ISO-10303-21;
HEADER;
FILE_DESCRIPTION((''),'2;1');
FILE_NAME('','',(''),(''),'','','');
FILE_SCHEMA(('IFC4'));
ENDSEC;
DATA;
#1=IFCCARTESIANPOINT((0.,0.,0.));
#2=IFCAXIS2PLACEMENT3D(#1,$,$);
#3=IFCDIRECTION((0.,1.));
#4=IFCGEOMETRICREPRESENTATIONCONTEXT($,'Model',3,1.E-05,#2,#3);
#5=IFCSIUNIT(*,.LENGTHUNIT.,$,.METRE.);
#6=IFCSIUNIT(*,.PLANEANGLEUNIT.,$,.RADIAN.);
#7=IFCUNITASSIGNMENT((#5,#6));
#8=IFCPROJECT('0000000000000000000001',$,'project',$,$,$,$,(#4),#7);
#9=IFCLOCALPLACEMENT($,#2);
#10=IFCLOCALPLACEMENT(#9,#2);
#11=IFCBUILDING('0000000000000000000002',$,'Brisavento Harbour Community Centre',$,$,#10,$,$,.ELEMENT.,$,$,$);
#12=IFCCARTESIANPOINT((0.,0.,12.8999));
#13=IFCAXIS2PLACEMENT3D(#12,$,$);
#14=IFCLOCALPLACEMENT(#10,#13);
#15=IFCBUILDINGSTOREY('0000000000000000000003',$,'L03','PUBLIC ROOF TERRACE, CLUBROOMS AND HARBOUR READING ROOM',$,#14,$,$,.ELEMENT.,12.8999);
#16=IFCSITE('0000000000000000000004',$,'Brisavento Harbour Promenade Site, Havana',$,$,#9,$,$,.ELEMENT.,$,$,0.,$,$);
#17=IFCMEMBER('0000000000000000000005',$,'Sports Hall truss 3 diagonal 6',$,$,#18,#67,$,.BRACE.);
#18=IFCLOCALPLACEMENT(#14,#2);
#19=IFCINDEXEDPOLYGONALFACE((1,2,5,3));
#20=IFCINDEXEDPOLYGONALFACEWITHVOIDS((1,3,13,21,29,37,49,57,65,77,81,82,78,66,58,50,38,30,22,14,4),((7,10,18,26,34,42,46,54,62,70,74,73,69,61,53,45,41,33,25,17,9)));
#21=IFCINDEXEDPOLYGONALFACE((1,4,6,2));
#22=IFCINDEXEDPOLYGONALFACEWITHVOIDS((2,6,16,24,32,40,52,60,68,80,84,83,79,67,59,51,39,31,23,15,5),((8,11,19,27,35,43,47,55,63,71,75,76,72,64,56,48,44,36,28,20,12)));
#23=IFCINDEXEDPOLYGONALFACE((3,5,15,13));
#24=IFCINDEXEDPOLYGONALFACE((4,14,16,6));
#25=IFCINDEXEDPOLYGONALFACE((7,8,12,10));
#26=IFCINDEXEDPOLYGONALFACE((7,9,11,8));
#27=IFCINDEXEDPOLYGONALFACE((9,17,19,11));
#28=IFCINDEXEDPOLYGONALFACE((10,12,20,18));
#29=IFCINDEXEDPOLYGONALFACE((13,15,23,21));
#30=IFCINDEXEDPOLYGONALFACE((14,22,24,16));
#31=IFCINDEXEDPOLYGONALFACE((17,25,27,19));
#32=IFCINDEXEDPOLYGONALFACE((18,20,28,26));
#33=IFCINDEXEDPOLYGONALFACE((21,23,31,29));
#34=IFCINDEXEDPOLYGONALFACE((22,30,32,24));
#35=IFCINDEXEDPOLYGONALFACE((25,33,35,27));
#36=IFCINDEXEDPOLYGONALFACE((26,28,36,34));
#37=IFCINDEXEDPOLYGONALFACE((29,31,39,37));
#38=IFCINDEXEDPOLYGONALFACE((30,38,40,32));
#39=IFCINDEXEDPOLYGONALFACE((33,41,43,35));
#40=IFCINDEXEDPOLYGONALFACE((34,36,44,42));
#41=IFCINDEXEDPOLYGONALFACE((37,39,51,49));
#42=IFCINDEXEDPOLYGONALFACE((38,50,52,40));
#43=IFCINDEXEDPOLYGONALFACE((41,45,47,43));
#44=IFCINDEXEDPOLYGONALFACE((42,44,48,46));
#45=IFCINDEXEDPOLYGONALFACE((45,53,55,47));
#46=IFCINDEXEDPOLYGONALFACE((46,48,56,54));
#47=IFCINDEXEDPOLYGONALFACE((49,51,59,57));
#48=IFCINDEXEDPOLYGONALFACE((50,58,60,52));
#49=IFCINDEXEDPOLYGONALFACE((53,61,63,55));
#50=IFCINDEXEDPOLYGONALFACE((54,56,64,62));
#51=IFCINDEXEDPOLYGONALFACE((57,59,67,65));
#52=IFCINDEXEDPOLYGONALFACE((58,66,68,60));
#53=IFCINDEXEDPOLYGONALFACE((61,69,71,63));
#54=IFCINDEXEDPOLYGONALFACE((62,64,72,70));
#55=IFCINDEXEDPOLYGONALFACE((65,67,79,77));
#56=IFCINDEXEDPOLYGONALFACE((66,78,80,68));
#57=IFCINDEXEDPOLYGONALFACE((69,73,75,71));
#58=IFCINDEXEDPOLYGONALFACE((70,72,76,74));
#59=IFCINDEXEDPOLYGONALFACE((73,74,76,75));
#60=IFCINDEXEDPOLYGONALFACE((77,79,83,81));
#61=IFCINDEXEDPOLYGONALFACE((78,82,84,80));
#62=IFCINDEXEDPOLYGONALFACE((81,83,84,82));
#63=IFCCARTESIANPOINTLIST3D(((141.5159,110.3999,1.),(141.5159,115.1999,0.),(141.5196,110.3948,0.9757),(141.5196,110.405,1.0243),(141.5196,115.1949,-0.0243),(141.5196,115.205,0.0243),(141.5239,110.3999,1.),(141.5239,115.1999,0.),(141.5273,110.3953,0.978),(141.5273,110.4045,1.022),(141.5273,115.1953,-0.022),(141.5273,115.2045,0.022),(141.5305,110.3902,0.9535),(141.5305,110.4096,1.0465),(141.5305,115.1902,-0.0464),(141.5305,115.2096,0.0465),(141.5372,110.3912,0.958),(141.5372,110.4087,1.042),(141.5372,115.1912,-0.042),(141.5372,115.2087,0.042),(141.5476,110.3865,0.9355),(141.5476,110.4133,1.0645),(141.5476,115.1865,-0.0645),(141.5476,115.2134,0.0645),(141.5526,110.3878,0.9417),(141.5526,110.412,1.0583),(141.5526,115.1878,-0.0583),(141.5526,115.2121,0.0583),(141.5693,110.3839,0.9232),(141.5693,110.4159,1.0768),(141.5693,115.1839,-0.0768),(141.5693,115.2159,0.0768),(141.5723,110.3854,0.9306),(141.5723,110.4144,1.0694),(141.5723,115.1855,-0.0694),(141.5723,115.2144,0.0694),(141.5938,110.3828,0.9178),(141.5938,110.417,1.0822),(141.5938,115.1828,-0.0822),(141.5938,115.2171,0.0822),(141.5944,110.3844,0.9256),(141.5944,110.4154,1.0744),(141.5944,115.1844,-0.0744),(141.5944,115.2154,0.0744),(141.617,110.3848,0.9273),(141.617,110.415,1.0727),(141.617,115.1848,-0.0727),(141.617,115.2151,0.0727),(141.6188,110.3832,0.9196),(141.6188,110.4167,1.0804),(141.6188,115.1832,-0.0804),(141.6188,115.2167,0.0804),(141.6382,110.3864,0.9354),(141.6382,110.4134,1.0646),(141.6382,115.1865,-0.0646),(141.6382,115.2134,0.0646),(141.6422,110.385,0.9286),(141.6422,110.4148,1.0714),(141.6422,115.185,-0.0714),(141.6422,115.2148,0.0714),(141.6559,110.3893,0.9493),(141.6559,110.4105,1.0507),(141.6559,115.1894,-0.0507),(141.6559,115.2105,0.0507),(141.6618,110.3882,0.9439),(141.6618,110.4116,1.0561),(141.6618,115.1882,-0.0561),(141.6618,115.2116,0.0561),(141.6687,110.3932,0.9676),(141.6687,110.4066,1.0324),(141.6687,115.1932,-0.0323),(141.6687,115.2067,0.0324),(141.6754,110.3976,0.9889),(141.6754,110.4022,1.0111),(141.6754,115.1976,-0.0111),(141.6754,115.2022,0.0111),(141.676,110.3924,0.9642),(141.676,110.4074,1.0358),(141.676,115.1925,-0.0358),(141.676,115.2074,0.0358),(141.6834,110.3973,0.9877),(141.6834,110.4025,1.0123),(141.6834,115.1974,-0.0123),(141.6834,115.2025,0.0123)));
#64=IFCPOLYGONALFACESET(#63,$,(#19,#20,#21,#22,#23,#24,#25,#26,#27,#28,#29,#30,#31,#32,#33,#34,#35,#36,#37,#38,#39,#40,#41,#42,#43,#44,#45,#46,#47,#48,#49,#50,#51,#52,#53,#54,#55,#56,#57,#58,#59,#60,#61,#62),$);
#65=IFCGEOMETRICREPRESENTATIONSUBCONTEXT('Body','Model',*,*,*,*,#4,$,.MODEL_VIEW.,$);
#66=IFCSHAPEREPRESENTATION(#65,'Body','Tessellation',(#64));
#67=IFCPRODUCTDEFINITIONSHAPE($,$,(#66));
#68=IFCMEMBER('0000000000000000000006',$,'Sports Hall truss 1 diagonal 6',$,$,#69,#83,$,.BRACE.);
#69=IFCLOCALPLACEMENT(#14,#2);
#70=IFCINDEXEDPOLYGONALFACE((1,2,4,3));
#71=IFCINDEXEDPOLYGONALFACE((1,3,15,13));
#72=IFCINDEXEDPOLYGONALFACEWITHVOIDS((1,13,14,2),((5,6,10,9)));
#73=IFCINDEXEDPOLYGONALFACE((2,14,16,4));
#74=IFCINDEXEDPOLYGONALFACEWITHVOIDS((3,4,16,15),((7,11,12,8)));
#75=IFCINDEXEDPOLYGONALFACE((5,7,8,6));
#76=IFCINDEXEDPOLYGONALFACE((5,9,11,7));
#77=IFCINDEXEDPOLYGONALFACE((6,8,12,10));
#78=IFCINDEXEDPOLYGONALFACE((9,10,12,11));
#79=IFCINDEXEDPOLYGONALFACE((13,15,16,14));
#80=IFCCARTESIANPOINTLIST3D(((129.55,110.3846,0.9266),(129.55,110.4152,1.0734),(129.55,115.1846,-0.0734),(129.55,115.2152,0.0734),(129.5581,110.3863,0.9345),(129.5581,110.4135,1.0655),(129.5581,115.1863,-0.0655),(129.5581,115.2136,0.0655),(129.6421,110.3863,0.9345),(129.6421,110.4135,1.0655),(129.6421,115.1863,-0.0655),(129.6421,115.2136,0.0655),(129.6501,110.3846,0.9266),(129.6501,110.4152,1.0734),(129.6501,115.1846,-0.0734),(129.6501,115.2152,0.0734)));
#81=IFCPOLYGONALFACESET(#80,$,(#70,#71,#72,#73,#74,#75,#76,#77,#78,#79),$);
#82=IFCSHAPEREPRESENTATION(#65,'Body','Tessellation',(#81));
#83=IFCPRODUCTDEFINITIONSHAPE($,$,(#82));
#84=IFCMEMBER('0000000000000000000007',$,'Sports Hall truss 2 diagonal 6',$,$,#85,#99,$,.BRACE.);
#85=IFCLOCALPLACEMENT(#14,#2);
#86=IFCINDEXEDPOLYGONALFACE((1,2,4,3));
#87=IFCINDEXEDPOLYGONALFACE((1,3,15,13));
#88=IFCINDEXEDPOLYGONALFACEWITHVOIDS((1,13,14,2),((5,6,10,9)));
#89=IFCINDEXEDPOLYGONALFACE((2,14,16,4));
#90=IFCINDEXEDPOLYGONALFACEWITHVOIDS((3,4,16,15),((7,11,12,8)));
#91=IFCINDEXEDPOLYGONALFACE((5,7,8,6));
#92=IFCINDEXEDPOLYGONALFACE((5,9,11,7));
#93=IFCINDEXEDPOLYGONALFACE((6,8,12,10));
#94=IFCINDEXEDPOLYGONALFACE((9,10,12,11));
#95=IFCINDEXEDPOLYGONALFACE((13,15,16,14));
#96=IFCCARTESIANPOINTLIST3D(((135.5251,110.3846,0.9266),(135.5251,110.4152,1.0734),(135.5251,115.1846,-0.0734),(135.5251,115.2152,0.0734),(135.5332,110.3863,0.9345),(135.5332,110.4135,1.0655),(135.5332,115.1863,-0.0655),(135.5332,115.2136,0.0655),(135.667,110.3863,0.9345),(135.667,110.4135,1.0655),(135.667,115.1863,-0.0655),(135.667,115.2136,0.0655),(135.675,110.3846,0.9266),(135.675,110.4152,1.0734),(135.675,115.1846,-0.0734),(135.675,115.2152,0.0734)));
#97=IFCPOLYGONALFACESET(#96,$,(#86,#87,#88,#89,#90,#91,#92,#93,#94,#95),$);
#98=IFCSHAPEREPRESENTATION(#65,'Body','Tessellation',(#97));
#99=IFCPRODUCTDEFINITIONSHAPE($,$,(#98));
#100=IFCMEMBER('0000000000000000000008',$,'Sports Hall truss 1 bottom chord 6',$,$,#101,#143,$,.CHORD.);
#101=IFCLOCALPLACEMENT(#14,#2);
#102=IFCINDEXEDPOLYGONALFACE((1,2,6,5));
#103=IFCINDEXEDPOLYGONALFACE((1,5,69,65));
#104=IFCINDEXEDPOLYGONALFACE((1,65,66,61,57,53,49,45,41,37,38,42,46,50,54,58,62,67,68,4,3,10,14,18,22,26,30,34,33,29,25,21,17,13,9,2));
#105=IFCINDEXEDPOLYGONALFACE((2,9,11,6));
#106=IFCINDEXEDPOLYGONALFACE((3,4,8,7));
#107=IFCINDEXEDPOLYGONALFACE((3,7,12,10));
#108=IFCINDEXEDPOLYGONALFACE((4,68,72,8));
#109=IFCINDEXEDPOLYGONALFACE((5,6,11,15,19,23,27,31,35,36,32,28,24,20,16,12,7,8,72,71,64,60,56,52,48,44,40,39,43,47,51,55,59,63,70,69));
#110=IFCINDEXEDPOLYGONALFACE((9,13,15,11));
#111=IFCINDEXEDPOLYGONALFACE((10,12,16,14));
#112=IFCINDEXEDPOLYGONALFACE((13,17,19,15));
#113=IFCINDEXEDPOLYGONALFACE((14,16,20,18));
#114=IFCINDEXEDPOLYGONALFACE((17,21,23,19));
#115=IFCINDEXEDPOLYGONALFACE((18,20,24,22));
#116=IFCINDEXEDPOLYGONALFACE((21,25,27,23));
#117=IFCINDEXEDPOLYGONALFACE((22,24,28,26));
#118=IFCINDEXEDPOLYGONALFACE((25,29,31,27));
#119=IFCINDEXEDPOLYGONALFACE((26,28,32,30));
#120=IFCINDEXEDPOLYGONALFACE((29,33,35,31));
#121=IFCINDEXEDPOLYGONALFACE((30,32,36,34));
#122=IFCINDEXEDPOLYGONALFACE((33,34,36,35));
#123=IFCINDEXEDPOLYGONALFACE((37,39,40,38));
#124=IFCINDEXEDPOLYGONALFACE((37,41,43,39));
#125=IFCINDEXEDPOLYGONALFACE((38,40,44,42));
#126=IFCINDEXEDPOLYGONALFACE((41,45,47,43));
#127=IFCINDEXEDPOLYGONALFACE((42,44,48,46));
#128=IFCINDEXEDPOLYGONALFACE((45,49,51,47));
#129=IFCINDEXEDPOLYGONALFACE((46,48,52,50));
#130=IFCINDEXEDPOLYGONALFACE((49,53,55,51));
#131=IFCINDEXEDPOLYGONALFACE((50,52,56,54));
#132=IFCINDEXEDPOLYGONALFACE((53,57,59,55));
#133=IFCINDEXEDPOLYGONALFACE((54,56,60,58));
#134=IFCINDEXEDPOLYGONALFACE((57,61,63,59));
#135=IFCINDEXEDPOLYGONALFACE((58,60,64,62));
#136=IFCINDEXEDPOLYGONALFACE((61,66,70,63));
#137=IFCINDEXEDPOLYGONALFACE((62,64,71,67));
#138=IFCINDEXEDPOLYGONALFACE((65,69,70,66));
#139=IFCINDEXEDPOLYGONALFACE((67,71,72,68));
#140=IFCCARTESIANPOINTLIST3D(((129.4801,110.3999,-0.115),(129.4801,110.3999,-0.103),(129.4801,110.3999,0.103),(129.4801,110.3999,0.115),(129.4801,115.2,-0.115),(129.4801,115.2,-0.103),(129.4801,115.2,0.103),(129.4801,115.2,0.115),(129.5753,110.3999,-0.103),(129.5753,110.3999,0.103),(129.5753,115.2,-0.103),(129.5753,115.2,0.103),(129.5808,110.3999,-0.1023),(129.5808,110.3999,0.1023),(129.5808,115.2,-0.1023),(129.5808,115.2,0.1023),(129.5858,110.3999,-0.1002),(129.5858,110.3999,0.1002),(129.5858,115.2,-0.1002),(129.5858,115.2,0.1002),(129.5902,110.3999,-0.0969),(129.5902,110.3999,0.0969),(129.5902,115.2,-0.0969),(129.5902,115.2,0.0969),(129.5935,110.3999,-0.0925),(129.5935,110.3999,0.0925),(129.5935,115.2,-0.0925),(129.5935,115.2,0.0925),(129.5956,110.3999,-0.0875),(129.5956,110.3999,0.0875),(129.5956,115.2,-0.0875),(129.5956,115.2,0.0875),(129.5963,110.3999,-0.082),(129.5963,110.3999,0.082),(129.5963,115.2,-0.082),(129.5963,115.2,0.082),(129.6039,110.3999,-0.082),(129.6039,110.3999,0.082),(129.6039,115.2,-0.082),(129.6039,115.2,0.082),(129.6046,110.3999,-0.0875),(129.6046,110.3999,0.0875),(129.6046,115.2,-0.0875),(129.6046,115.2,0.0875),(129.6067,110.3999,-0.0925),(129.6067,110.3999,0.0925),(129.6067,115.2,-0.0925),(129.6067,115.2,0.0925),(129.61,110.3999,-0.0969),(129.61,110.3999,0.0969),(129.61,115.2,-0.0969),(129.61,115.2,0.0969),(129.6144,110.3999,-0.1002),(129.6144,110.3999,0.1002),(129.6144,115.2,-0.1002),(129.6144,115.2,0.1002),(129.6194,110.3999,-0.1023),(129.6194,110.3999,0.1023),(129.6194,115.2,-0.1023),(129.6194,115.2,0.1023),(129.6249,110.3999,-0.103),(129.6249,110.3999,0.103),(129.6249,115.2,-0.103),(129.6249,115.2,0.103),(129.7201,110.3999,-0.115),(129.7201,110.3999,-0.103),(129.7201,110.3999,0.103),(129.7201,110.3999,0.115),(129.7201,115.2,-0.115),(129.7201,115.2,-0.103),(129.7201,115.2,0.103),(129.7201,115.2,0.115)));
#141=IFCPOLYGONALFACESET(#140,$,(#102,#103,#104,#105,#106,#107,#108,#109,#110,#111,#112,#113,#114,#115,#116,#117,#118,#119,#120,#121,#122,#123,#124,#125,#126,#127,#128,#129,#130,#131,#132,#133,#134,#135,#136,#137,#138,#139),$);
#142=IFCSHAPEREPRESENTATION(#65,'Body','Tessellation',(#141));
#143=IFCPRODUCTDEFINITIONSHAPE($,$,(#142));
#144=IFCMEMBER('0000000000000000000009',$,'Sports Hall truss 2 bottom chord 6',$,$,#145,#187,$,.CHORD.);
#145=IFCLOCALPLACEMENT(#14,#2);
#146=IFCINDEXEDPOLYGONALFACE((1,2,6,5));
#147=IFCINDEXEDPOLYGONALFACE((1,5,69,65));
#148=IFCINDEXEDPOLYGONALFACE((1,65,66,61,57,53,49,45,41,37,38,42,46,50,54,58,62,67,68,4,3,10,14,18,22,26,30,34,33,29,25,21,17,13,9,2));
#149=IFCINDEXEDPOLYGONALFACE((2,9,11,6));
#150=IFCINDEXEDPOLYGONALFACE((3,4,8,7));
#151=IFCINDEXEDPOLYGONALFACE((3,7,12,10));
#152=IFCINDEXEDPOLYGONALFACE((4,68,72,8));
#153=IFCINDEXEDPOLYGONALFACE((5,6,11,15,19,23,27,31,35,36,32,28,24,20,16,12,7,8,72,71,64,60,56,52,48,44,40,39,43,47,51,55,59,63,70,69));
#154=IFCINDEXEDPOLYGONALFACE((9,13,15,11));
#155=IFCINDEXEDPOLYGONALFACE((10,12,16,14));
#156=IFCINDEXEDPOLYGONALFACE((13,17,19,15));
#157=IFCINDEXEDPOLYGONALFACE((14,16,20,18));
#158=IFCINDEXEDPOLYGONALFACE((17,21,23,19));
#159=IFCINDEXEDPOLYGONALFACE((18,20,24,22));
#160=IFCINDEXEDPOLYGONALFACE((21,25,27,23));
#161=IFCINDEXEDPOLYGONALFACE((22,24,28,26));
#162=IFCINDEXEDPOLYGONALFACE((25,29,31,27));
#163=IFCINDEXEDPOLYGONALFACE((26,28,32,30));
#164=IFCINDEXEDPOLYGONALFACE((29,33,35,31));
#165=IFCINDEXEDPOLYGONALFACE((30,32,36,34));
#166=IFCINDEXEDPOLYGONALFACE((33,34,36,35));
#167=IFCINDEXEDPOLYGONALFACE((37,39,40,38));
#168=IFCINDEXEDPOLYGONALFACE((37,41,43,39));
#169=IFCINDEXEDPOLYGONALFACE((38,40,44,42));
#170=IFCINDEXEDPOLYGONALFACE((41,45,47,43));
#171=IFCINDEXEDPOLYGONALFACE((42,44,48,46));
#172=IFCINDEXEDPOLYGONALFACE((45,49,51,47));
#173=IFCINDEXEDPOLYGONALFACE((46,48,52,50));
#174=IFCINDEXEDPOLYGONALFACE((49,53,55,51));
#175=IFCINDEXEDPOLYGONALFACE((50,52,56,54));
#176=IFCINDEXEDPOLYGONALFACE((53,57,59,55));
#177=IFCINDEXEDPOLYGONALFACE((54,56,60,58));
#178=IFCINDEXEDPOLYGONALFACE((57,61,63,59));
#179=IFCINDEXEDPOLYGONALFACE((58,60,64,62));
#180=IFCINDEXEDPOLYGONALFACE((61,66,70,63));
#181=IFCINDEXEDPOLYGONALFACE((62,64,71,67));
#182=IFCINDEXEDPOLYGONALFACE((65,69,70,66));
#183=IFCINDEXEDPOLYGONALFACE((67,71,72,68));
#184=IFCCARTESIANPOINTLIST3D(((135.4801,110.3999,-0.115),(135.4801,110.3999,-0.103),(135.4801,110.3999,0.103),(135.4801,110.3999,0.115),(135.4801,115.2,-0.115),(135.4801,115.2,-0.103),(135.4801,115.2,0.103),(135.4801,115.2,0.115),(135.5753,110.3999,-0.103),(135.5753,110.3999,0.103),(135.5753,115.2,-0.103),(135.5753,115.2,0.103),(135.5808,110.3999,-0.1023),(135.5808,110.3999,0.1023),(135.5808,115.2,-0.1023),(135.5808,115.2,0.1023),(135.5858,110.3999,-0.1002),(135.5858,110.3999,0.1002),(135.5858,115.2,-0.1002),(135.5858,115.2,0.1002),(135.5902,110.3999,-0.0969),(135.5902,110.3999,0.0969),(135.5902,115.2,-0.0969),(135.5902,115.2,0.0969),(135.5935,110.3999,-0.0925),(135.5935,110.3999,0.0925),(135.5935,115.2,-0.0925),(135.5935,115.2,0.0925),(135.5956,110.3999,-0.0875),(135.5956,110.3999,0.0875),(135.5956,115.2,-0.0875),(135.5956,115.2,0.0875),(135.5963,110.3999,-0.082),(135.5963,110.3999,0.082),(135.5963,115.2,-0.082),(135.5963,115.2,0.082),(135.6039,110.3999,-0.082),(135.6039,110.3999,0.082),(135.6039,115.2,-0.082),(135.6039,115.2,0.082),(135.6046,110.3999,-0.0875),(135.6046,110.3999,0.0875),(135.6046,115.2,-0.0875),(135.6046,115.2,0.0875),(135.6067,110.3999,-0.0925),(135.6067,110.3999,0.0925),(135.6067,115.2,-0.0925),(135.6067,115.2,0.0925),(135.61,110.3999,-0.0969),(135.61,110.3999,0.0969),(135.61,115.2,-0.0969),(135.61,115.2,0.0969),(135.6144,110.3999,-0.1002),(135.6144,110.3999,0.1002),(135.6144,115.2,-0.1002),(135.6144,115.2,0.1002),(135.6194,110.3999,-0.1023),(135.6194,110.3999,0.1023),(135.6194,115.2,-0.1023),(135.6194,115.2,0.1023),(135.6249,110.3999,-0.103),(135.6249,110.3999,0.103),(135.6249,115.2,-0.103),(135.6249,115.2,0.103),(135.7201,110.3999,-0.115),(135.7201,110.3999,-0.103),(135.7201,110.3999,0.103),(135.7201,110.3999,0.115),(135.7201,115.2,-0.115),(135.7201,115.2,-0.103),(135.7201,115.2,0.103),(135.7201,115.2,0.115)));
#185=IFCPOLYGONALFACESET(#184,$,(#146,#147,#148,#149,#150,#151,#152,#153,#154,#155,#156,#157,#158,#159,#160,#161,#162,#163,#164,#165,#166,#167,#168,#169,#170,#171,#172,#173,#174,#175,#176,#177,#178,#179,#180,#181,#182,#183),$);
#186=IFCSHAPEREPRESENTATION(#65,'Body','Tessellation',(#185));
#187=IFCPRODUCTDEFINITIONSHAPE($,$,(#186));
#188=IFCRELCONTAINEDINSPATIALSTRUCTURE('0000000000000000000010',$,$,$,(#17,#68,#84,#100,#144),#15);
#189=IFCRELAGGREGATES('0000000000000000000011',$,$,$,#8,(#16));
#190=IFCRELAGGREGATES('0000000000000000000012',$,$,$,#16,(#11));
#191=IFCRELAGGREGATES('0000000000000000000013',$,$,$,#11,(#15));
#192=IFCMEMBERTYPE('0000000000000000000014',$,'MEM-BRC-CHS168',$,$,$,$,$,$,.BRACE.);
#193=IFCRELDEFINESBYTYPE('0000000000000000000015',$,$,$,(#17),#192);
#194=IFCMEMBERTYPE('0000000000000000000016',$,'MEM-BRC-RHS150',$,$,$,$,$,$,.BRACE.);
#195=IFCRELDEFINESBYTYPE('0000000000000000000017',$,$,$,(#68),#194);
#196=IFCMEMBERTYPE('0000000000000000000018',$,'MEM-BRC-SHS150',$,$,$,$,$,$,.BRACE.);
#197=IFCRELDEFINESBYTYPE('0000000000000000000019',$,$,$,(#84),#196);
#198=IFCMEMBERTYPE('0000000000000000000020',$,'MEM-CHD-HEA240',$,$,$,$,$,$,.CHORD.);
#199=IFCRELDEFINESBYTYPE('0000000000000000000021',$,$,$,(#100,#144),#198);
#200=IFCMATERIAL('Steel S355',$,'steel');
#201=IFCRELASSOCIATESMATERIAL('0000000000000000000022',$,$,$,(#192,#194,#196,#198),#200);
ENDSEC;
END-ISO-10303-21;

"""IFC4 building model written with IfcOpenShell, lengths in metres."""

from ifc_helpers import new_model, si_unit, direction, frame, origin, origin_2d, place, context, subcontext, project, spatial, hollow_rectangle, hollow_circle, i_section, extrude, material, material_profile, profile_set, type_object, element, save


model = new_model("IFC4")

# Units and contexts
model_context = context("Model", 3, precision=1e-05, world=origin(), true_north=direction((0.0, 1.0)))
body_context = subcontext(model_context, "Body", "Model", "MODEL_VIEW")
ifc_project = project(units=[si_unit("LENGTHUNIT", "METRE"), si_unit("PLANEANGLEUNIT", "RADIAN")], contexts=[model_context])

# Site, building, storey
site_placement = place(None, origin())
site = spatial("IfcSite", under=ifc_project, at=site_placement, Name="Brisavento Harbour Promenade Site, Havana", CompositionType="ELEMENT", RefElevation=0.0)
building_placement = place(site_placement, origin())
building = spatial("IfcBuilding", under=site, at=building_placement, Name="Brisavento Harbour Community Centre", CompositionType="ELEMENT")
storey_placement = place(building_placement, frame((0.0, 0.0, 12.8999)))
storey = spatial("IfcBuildingStorey", under=building, at=storey_placement, Name="L03", Description="PUBLIC ROOF TERRACE, CLUBROOMS AND HARBOUR READING ROOM", CompositionType="ELEMENT", Elevation=12.8999)

# Members
ifc_material = material(Name="Steel S355", Category="steel")
ifc_material_profile_1 = material_profile(ifc_material, hollow_circle(Radius=0.0842, WallThickness=0.0081, at=origin_2d()), Name="Steel S355")
ifc_profile_set_1 = profile_set([ifc_material_profile_1], Name="Steel S355")
member_type_1 = type_object("IfcMemberType", Name="MEM-BRC-CHS168", PredefinedType="BRACE", material=ifc_profile_set_1)
member_1_placement = place(storey_placement, frame((141.6001, 110.3999, 1.0), z_axis=(0.0, 0.978981, -0.203952), x_axis=(-1.0, 0.0, 0.0)))
element("IfcMember", 1, at=member_1_placement, inside=storey, type_object=member_type_1, Name="Sports Hall truss 3 diagonal 6", PredefinedType="BRACE", context=body_context, shape_type="SweptSolid", body=[
    extrude(hollow_circle(Radius=0.0842, WallThickness=0.0081, at=origin_2d()), origin(), (0.0, 0.0, 1.0), 4.9031),
])
ifc_material_profile_2 = material_profile(ifc_material, hollow_rectangle(XDim=0.1001, YDim=0.1499, WallThickness=0.0081, at=origin_2d()), Name="Steel S355")
ifc_profile_set_2 = profile_set([ifc_material_profile_2], Name="Steel S355")
member_type_2 = type_object("IfcMemberType", Name="MEM-BRC-RHS150", PredefinedType="BRACE", material=ifc_profile_set_2)
member_2_placement = place(storey_placement, frame((129.6001, 110.3999, 1.0), z_axis=(0.0, 0.978981, -0.203952), x_axis=(-1.0, 0.0, 0.0)))
element("IfcMember", 2, at=member_2_placement, inside=storey, type_object=member_type_2, Name="Sports Hall truss 1 diagonal 6", PredefinedType="BRACE", context=body_context, shape_type="SweptSolid", body=[
    extrude(hollow_rectangle(XDim=0.1001, YDim=0.1499, WallThickness=0.0081, at=origin_2d()), origin(), (0.0, 0.0, 1.0), 4.9031),
])
ifc_material_profile_3 = material_profile(ifc_material, hollow_rectangle(XDim=0.1499, YDim=0.1499, WallThickness=0.0081, at=origin_2d()), Name="Steel S355")
ifc_profile_set_3 = profile_set([ifc_material_profile_3], Name="Steel S355")
member_type_3 = type_object("IfcMemberType", Name="MEM-BRC-SHS150", PredefinedType="BRACE", material=ifc_profile_set_3)
member_3_placement = place(storey_placement, frame((135.6001, 110.3999, 1.0), z_axis=(0.0, 0.978981, -0.203952), x_axis=(-1.0, 0.0, 0.0)))
element("IfcMember", 3, at=member_3_placement, inside=storey, type_object=member_type_3, Name="Sports Hall truss 2 diagonal 6", PredefinedType="BRACE", context=body_context, shape_type="SweptSolid", body=[
    extrude(hollow_rectangle(XDim=0.1499, YDim=0.1499, WallThickness=0.0081, at=origin_2d()), origin(), (0.0, 0.0, 1.0), 4.9031),
])
ifc_material_profile_4 = material_profile(ifc_material, i_section(OverallWidth=0.24, OverallDepth=0.23, WebThickness=0.0076, FlangeThickness=0.012, FilletRadius=0.021, at=origin_2d()), Name="Steel S355")
ifc_profile_set_4 = profile_set([ifc_material_profile_4], Name="Steel S355")
member_type_4 = type_object("IfcMemberType", Name="MEM-CHD-HEA240", PredefinedType="CHORD", material=ifc_profile_set_4)
for number, where, z_axis, x_axis, name in (
    (4, (129.6001, 110.3999, 0.0), (0.0, 1.0, 0.0), (-1.0, 0.0, 0.0), "Sports Hall truss 1 bottom chord 6"),
    (5, (135.6001, 110.3999, 0.0), (0.0, 1.0, 0.0), (-1.0, 0.0, 0.0), "Sports Hall truss 2 bottom chord 6"),
):
    element("IfcMember", number, at=place(storey_placement, frame(where, z_axis=z_axis, x_axis=x_axis)), inside=storey, type_object=member_type_4, Name=name, PredefinedType="CHORD", context=body_context, shape_type="SweptSolid", body=[
        extrude(i_section(OverallWidth=0.24, OverallDepth=0.23, WebThickness=0.0076, FlangeThickness=0.012, FilletRadius=0.021, at=origin_2d()), origin(), (0.0, 0.0, 1.0), 4.8),
    ])

save(model, "model.ifc")
